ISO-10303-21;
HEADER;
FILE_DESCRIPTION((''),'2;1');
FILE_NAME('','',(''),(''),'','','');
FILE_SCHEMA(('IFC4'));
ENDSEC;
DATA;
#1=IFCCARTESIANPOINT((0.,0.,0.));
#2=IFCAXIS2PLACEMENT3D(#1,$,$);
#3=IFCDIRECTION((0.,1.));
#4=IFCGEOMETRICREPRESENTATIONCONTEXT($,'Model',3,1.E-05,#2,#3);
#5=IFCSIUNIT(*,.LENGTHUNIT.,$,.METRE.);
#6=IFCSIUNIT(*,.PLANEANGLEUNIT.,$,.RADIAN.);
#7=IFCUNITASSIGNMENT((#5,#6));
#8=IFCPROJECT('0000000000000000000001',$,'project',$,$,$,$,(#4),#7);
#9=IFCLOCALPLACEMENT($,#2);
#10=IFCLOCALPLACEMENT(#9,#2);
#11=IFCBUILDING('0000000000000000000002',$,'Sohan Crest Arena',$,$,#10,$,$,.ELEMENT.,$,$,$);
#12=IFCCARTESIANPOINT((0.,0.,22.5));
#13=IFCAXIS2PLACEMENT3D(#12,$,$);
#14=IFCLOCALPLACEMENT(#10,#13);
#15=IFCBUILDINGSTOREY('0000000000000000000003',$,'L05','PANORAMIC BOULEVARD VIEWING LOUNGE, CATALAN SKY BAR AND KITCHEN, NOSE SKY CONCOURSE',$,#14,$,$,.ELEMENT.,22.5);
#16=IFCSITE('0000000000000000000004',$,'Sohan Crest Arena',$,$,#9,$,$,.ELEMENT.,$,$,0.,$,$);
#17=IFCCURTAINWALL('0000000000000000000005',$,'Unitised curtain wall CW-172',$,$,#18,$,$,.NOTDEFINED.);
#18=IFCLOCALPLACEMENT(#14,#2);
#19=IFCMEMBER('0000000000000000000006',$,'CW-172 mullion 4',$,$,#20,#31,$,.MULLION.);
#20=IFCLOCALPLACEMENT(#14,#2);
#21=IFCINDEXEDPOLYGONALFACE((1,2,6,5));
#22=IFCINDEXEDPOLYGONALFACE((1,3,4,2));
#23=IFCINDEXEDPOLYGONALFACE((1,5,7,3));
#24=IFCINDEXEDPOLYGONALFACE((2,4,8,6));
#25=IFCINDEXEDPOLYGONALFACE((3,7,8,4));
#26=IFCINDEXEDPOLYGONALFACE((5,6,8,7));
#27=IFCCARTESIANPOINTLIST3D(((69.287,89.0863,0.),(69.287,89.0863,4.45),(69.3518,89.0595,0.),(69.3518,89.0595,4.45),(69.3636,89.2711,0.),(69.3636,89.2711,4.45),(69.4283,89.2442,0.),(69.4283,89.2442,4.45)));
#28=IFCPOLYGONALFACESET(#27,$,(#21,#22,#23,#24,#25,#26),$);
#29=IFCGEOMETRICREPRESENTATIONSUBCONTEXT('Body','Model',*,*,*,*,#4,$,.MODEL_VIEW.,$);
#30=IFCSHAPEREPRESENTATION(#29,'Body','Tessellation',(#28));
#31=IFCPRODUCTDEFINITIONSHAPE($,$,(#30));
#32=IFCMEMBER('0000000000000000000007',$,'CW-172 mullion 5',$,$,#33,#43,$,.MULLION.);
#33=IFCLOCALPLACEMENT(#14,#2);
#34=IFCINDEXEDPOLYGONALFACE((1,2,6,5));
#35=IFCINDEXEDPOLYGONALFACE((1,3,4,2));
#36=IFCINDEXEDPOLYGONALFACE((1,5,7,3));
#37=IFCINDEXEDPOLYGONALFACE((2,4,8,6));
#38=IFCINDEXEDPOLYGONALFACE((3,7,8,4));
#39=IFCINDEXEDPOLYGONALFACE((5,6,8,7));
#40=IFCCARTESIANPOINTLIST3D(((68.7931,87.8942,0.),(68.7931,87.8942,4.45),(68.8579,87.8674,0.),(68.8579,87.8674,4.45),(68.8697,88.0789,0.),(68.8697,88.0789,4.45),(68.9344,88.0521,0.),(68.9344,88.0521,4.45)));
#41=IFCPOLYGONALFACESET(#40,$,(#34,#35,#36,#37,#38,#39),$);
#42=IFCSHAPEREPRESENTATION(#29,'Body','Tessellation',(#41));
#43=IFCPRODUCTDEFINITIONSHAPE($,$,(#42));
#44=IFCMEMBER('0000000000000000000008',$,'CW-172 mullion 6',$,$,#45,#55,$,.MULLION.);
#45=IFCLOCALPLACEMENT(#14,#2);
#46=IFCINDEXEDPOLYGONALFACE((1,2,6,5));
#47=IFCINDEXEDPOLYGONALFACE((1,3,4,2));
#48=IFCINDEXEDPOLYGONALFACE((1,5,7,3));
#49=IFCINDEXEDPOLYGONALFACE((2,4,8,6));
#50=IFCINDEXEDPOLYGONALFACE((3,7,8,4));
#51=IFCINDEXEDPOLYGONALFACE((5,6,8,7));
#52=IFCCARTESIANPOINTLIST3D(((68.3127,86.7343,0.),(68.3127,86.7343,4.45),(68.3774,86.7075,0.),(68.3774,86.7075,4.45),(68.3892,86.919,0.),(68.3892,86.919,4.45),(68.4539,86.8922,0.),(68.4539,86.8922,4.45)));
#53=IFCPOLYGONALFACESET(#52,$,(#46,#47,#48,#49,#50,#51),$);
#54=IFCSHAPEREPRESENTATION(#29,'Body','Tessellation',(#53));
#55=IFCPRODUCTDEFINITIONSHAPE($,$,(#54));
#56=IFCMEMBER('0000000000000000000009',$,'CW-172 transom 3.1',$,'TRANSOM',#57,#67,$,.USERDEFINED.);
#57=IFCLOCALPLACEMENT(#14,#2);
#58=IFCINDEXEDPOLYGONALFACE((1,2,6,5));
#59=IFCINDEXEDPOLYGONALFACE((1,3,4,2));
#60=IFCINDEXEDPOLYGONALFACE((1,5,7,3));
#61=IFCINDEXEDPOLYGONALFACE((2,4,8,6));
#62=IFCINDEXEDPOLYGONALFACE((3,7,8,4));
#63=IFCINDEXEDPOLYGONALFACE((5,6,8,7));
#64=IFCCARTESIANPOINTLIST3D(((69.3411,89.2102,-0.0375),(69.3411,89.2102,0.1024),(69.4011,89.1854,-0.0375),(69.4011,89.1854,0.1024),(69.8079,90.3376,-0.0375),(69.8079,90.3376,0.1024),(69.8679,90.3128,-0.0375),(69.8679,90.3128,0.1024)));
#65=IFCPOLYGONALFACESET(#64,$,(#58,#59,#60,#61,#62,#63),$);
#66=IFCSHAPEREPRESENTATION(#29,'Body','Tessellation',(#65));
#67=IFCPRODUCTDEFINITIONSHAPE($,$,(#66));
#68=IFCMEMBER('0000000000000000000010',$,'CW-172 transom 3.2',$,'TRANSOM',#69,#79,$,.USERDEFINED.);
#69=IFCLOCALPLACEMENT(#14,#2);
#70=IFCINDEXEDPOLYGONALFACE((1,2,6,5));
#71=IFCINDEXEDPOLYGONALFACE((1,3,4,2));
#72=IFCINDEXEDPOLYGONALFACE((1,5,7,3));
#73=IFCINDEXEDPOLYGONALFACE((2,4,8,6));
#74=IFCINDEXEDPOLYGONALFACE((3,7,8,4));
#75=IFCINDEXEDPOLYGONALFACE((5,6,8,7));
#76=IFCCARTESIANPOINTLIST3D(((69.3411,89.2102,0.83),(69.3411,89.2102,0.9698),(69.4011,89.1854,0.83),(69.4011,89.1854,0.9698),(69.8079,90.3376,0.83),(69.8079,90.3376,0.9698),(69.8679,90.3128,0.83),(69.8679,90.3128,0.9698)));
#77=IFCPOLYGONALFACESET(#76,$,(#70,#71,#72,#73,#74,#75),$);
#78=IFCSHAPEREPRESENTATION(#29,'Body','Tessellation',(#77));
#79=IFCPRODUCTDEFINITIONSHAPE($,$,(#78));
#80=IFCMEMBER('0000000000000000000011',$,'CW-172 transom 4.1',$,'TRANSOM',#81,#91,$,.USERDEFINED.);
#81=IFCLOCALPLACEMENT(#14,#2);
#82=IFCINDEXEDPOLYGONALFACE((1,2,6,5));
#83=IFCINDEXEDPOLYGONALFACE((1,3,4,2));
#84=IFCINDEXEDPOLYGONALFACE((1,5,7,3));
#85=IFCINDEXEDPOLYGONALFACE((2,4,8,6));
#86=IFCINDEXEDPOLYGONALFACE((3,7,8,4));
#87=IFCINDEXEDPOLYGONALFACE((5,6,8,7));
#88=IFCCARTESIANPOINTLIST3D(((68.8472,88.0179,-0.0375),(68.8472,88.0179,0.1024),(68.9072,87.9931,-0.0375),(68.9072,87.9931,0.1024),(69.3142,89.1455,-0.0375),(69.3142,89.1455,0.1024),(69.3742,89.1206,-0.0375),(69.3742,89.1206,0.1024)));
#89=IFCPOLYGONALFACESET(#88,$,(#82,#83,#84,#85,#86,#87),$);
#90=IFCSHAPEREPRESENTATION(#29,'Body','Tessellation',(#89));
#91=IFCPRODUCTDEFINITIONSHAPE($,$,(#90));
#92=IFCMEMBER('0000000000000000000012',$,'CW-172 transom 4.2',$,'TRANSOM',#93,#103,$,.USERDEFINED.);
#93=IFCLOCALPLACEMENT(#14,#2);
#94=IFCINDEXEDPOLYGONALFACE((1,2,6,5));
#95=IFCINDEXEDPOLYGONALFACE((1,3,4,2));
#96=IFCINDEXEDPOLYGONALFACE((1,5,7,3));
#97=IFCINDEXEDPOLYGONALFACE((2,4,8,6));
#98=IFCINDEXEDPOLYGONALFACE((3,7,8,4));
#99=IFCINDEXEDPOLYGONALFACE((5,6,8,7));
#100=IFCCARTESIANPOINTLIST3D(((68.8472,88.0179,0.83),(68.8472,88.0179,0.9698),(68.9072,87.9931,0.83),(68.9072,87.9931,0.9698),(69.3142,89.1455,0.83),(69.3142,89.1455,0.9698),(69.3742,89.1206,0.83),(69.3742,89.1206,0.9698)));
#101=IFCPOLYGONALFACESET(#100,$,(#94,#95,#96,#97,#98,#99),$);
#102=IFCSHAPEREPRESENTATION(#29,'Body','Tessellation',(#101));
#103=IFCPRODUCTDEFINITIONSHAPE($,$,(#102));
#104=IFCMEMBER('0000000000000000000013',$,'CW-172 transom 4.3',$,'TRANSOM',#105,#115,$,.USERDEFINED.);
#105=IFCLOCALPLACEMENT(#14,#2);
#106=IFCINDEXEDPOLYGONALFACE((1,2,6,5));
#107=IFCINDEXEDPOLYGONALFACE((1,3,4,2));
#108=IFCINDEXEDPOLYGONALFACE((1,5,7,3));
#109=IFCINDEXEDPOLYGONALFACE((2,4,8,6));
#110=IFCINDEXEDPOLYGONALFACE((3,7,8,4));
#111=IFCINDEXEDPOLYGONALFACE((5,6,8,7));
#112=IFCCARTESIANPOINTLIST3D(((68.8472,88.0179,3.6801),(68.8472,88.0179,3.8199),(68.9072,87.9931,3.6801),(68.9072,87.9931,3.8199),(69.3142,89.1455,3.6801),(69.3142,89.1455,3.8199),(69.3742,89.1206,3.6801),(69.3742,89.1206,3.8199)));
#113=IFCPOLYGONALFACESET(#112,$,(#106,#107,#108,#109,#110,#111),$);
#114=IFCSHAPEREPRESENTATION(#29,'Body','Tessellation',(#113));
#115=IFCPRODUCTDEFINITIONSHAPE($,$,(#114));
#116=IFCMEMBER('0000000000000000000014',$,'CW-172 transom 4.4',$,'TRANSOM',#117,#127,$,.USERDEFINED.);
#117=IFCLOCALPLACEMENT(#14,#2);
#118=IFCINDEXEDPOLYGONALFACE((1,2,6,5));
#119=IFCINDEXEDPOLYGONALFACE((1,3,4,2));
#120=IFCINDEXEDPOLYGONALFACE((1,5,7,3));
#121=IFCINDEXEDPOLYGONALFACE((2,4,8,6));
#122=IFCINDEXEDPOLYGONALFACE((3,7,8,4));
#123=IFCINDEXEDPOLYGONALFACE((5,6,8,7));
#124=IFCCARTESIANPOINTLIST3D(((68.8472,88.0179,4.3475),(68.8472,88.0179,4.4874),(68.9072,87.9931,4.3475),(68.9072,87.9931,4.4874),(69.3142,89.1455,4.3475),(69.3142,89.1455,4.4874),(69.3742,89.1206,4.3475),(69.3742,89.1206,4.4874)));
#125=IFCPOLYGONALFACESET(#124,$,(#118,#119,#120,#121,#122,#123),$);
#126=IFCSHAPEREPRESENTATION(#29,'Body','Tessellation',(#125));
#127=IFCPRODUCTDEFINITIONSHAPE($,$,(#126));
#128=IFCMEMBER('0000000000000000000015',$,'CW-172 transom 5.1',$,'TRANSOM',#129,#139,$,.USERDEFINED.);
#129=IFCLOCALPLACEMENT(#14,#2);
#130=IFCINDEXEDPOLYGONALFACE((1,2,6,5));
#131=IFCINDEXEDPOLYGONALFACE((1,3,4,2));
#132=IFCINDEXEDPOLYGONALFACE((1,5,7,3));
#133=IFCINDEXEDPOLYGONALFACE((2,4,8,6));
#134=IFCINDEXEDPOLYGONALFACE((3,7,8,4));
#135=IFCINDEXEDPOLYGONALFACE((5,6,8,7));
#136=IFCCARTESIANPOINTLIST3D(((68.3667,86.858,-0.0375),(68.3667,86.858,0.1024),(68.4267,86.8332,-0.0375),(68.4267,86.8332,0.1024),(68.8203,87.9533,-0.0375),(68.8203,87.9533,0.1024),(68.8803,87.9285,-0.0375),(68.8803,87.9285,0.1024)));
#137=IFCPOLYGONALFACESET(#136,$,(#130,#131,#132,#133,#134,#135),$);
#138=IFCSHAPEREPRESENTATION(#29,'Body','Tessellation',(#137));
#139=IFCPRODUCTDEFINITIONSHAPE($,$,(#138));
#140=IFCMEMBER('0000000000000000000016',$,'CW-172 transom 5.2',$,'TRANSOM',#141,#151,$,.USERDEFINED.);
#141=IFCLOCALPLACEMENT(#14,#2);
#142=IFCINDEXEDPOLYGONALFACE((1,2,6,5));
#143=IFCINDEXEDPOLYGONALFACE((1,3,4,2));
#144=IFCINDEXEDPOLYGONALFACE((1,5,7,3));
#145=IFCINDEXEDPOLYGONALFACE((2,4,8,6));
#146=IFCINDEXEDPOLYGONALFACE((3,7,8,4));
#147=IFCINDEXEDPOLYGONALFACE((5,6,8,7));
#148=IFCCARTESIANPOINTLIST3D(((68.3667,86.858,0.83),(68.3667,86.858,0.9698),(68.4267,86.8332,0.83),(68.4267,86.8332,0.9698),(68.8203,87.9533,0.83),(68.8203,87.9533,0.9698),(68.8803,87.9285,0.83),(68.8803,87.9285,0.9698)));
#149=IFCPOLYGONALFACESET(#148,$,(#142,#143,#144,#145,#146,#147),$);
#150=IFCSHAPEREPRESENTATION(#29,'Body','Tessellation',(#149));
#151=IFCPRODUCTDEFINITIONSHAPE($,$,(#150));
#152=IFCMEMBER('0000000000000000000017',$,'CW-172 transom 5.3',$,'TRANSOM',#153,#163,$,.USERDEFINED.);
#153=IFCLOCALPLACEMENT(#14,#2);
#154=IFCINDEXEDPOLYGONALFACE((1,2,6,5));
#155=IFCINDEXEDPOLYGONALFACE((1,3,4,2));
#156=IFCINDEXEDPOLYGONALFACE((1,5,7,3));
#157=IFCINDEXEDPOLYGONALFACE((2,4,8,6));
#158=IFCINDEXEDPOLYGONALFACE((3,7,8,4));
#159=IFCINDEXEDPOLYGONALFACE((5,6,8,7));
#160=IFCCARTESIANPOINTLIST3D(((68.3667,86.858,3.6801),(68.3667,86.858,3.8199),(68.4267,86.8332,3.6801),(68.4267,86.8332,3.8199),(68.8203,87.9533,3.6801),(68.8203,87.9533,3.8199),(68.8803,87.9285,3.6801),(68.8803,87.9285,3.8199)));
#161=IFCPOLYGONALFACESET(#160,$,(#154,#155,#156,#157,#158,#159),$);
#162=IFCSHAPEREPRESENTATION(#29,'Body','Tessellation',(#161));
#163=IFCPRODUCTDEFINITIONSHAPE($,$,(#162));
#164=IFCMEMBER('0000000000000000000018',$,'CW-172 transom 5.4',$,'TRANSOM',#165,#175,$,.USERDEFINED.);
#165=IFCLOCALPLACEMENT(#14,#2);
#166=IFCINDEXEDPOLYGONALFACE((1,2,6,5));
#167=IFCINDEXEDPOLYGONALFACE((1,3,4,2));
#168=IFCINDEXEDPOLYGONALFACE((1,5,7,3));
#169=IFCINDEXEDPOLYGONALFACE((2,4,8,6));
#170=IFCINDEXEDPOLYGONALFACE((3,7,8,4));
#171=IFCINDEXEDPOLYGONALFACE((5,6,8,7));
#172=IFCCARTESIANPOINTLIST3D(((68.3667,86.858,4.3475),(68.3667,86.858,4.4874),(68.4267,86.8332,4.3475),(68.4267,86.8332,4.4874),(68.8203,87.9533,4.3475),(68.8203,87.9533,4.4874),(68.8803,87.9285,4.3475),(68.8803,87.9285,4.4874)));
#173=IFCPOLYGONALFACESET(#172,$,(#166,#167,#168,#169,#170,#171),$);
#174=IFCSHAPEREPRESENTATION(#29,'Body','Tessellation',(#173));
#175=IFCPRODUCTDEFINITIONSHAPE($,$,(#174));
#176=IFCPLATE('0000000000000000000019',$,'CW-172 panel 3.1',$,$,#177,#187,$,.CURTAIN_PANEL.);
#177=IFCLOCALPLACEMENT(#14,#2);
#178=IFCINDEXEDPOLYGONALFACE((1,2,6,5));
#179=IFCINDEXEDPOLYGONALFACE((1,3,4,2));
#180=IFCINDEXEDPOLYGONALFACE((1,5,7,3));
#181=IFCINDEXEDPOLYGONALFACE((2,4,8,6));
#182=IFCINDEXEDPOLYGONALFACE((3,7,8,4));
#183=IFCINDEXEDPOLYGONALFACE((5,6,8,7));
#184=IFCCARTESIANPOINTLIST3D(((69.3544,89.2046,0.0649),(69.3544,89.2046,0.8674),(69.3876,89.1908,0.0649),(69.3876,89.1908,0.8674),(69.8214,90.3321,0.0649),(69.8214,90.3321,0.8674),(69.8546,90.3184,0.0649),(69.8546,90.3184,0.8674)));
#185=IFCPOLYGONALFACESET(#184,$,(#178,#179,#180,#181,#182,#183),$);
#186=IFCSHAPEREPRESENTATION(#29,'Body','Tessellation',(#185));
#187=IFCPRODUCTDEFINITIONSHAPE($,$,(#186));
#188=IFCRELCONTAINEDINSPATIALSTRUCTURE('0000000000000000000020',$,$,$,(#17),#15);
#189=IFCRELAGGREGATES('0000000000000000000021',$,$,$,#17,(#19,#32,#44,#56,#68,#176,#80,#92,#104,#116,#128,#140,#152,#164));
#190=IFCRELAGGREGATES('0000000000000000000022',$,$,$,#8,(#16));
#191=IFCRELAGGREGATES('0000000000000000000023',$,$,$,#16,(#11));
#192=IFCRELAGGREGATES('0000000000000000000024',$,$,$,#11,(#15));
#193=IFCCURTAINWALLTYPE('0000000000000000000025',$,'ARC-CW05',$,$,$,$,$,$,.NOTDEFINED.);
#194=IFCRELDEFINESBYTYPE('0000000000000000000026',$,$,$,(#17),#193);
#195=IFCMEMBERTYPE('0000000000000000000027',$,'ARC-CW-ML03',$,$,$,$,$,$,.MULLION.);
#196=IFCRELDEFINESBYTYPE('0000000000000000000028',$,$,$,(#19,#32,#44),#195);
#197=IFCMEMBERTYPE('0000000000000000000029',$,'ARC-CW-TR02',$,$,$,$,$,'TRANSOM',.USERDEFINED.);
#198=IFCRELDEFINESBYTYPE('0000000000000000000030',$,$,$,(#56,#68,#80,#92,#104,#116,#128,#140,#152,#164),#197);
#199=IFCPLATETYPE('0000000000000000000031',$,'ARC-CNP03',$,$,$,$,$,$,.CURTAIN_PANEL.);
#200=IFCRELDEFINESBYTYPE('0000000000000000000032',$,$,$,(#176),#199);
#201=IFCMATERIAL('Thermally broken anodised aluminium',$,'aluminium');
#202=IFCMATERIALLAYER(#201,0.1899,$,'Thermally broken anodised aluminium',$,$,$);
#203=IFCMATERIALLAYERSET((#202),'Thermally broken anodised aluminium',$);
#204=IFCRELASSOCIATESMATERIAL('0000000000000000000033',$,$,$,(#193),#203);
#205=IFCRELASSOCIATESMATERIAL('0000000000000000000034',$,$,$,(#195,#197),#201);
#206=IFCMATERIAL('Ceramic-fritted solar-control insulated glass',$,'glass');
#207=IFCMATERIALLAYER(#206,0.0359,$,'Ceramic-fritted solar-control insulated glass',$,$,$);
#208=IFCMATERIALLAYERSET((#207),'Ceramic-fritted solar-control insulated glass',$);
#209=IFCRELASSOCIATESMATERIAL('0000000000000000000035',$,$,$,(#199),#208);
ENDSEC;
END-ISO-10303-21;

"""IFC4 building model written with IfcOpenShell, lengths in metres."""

from ifc_helpers import new_model, si_unit, direction, frame, origin, origin_2d, place, context, subcontext, project, spatial, rectangle, extrude, material, layer, layer_set, material_profile, profile_set, type_object, element, aggregate, save


model = new_model("IFC4")

# Units and contexts
model_context = context("Model", 3, precision=1e-05, world=origin(), true_north=direction((0.0, 1.0)))
body_context = subcontext(model_context, "Body", "Model", "MODEL_VIEW")
ifc_project = project(units=[si_unit("LENGTHUNIT", "METRE"), si_unit("PLANEANGLEUNIT", "RADIAN")], contexts=[model_context])

# Site, building, storey
site_placement = place(None, origin())
site = spatial("IfcSite", under=ifc_project, at=site_placement, Name="Sohan Crest Arena", CompositionType="ELEMENT", RefElevation=0.0)
building_placement = place(site_placement, origin())
building = spatial("IfcBuilding", under=site, at=building_placement, Name="Sohan Crest Arena", CompositionType="ELEMENT")
storey_placement = place(building_placement, frame((0.0, 0.0, 22.5)))
storey = spatial("IfcBuildingStorey", under=building, at=storey_placement, Name="L05", Description="PANORAMIC BOULEVARD VIEWING LOUNGE, CATALAN SKY BAR AND KITCHEN, NOSE SKY CONCOURSE", CompositionType="ELEMENT", Elevation=22.5)

# Curtain wall, members, plate
ifc_material_1 = material(Name="Thermally broken anodised aluminium", Category="aluminium")
ifc_layer_1 = layer(ifc_material_1, 0.1899, Name="Thermally broken anodised aluminium")
ifc_layer_set_1 = layer_set([ifc_layer_1], Name="Thermally broken anodised aluminium")
curtain_wall_type = type_object("IfcCurtainWallType", Name="ARC-CW05", PredefinedType="NOTDEFINED", material=ifc_layer_set_1)
curtain_wall_placement = place(storey_placement, origin())
curtain_wall = element("IfcCurtainWall", 1, at=curtain_wall_placement, inside=storey, type_object=curtain_wall_type, Name="Unitised curtain wall CW-172", PredefinedType="NOTDEFINED")
ifc_material_profile_1 = material_profile(ifc_material_1, rectangle(XDim=0.0701, YDim=0.2, at=origin_2d()), Name="ALU-MULL 70x200")
ifc_profile_set_1 = profile_set([ifc_material_profile_1], Name="Thermally broken anodised aluminium")
member_type_1 = type_object("IfcMemberType", Name="ARC-CW-ML03", PredefinedType="MULLION", material=ifc_profile_set_1)
member_1_placement = place(storey_placement, frame((69.3577, 89.1653, 0.0), z_axis=(0.0, 0.0, 1.0), x_axis=(0.923886, -0.382667, 0.0)))
member_1 = element("IfcMember", 2, at=member_1_placement, type_object=member_type_1, Name="CW-172 mullion 4", PredefinedType="MULLION", context=body_context, shape_type="SweptSolid", body=[
    extrude(rectangle(XDim=0.0701, YDim=0.2, at=origin_2d()), origin(), (0.0, 0.0, 1.0), 4.45),
])
member_2_placement = place(storey_placement, frame((68.8638, 87.9731, 0.0), z_axis=(0.0, 0.0, 1.0), x_axis=(0.923886, -0.382667, 0.0)))
member_2 = element("IfcMember", 3, at=member_2_placement, type_object=member_type_1, Name="CW-172 mullion 5", PredefinedType="MULLION", context=body_context, shape_type="SweptSolid", body=[
    extrude(rectangle(XDim=0.0701, YDim=0.2, at=origin_2d()), origin(), (0.0, 0.0, 1.0), 4.45),
])
member_3_placement = place(storey_placement, frame((68.3833, 86.8132, 0.0), z_axis=(0.0, 0.0, 1.0), x_axis=(0.923886, -0.382667, 0.0)))
member_3 = element("IfcMember", 4, at=member_3_placement, type_object=member_type_1, Name="CW-172 mullion 6", PredefinedType="MULLION", context=body_context, shape_type="SweptSolid", body=[
    extrude(rectangle(XDim=0.0701, YDim=0.2, at=origin_2d()), origin(), (0.0, 0.0, 1.0), 4.45),
])
ifc_material_profile_2 = material_profile(ifc_material_1, rectangle(XDim=0.0649, YDim=0.1399, at=origin_2d()), Name="ALU-TRAN 65x140")
ifc_profile_set_2 = profile_set([ifc_material_profile_2], Name="Thermally broken anodised aluminium")
member_type_2 = type_object("IfcMemberType", Name="ARC-CW-TR02", ElementType="TRANSOM", PredefinedType="USERDEFINED", material=ifc_profile_set_2)
member_4_placement = place(storey_placement, frame((69.8379, 90.3252, 0.0325), z_axis=(-0.38254, -0.923939, 0.0), x_axis=(0.923939, -0.38254, 0.0)))
member_4 = element("IfcMember", 5, at=member_4_placement, type_object=member_type_2, Name="CW-172 transom 3.1", ObjectType="TRANSOM", PredefinedType="USERDEFINED", context=body_context, shape_type="SweptSolid", body=[
    extrude(rectangle(XDim=0.0649, YDim=0.1399, at=origin_2d()), origin(), (0.0, 0.0, 1.0), 1.2202),
])
member_5_placement = place(storey_placement, frame((69.8379, 90.3252, 0.8999), z_axis=(-0.38254, -0.923939, 0.0), x_axis=(0.923939, -0.38254, 0.0)))
member_5 = element("IfcMember", 6, at=member_5_placement, type_object=member_type_2, Name="CW-172 transom 3.2", ObjectType="TRANSOM", PredefinedType="USERDEFINED", context=body_context, shape_type="SweptSolid", body=[
    extrude(rectangle(XDim=0.0649, YDim=0.1399, at=origin_2d()), origin(), (0.0, 0.0, 1.0), 1.2202),
])
member_6_placement = place(storey_placement, frame((69.3442, 89.1331, 0.0325), z_axis=(-0.382711, -0.923868, 0.0), x_axis=(0.923868, -0.382711, 0.0)))
member_6 = element("IfcMember", 7, at=member_6_placement, type_object=member_type_2, Name="CW-172 transom 4.1", ObjectType="TRANSOM", PredefinedType="USERDEFINED", context=body_context, shape_type="SweptSolid", body=[
    extrude(rectangle(XDim=0.0649, YDim=0.1399, at=origin_2d()), origin(), (0.0, 0.0, 1.0), 1.2205),
])
member_7_placement = place(storey_placement, frame((69.3442, 89.1331, 0.8999), z_axis=(-0.382711, -0.923868, 0.0), x_axis=(0.923868, -0.382711, 0.0)))
member_7 = element("IfcMember", 8, at=member_7_placement, type_object=member_type_2, Name="CW-172 transom 4.2", ObjectType="TRANSOM", PredefinedType="USERDEFINED", context=body_context, shape_type="SweptSolid", body=[
    extrude(rectangle(XDim=0.0649, YDim=0.1399, at=origin_2d()), origin(), (0.0, 0.0, 1.0), 1.2205),
])
member_8_placement = place(storey_placement, frame((69.3442, 89.1331, 3.75), z_axis=(-0.382711, -0.923868, 0.0), x_axis=(0.923868, -0.382711, 0.0)))
member_8 = element("IfcMember", 9, at=member_8_placement, type_object=member_type_2, Name="CW-172 transom 4.3", ObjectType="TRANSOM", PredefinedType="USERDEFINED", context=body_context, shape_type="SweptSolid", body=[
    extrude(rectangle(XDim=0.0649, YDim=0.1399, at=origin_2d()), origin(), (0.0, 0.0, 1.0), 1.2205),
])
member_9_placement = place(storey_placement, frame((69.3442, 89.1331, 4.4175), z_axis=(-0.382711, -0.923868, 0.0), x_axis=(0.923868, -0.382711, 0.0)))
member_9 = element("IfcMember", 10, at=member_9_placement, type_object=member_type_2, Name="CW-172 transom 4.4", ObjectType="TRANSOM", PredefinedType="USERDEFINED", context=body_context, shape_type="SweptSolid", body=[
    extrude(rectangle(XDim=0.0649, YDim=0.1399, at=origin_2d()), origin(), (0.0, 0.0, 1.0), 1.2205),
])
member_10_placement = place(storey_placement, frame((68.8503, 87.9409, 0.0325), z_axis=(-0.382655, -0.923891, 0.0), x_axis=(0.923891, -0.382655, 0.0)))
member_10 = element("IfcMember", 11, at=member_10_placement, type_object=member_type_2, Name="CW-172 transom 5.1", ObjectType="TRANSOM", PredefinedType="USERDEFINED", context=body_context, shape_type="SweptSolid", body=[
    extrude(rectangle(XDim=0.0649, YDim=0.1399, at=origin_2d()), origin(), (0.0, 0.0, 1.0), 1.1855),
])
member_11_placement = place(storey_placement, frame((68.8503, 87.9409, 0.8999), z_axis=(-0.382655, -0.923891, 0.0), x_axis=(0.923891, -0.382655, 0.0)))
member_11 = element("IfcMember", 12, at=member_11_placement, type_object=member_type_2, Name="CW-172 transom 5.2", ObjectType="TRANSOM", PredefinedType="USERDEFINED", context=body_context, shape_type="SweptSolid", body=[
    extrude(rectangle(XDim=0.0649, YDim=0.1399, at=origin_2d()), origin(), (0.0, 0.0, 1.0), 1.1855),
])
member_12_placement = place(storey_placement, frame((68.8503, 87.9409, 3.75), z_axis=(-0.382655, -0.923891, 0.0), x_axis=(0.923891, -0.382655, 0.0)))
member_12 = element("IfcMember", 13, at=member_12_placement, type_object=member_type_2, Name="CW-172 transom 5.3", ObjectType="TRANSOM", PredefinedType="USERDEFINED", context=body_context, shape_type="SweptSolid", body=[
    extrude(rectangle(XDim=0.0649, YDim=0.1399, at=origin_2d()), origin(), (0.0, 0.0, 1.0), 1.1855),
])
member_13_placement = place(storey_placement, frame((68.8503, 87.9409, 4.4175), z_axis=(-0.382655, -0.923891, 0.0), x_axis=(0.923891, -0.382655, 0.0)))
member_13 = element("IfcMember", 14, at=member_13_placement, type_object=member_type_2, Name="CW-172 transom 5.4", ObjectType="TRANSOM", PredefinedType="USERDEFINED", context=body_context, shape_type="SweptSolid", body=[
    extrude(rectangle(XDim=0.0649, YDim=0.1399, at=origin_2d()), origin(), (0.0, 0.0, 1.0), 1.1855),
])
ifc_material_2 = material(Name="Ceramic-fritted solar-control insulated glass", Category="glass")
ifc_layer_2 = layer(ifc_material_2, 0.0359, Name="Ceramic-fritted solar-control insulated glass")
ifc_layer_set_2 = layer_set([ifc_layer_2], Name="Ceramic-fritted solar-control insulated glass")
plate_type = type_object("IfcPlateType", Name="ARC-CNP03", PredefinedType="CURTAIN_PANEL", material=ifc_layer_set_2)
plate_1_placement = place(storey_placement, frame((69.6045, 89.7615, 0.0649), z_axis=(0.0, 0.0, 1.0), x_axis=(-0.382667, -0.923886, 0.0)))
plate_1 = element("IfcPlate", 15, at=plate_1_placement, type_object=plate_type, Name="CW-172 panel 3.1", PredefinedType="CURTAIN_PANEL", context=body_context, shape_type="SweptSolid", body=[
    extrude(rectangle(XDim=1.2205, YDim=0.0359, at=origin_2d()), origin(), (0.0, 0.0, 1.0), 0.8025),
])
aggregate(curtain_wall, [member_1, member_2, member_3, member_4, member_5, plate_1, member_6, member_7, member_8, member_9, member_10, member_11, member_12, member_13])

save(model, "model.ifc")
